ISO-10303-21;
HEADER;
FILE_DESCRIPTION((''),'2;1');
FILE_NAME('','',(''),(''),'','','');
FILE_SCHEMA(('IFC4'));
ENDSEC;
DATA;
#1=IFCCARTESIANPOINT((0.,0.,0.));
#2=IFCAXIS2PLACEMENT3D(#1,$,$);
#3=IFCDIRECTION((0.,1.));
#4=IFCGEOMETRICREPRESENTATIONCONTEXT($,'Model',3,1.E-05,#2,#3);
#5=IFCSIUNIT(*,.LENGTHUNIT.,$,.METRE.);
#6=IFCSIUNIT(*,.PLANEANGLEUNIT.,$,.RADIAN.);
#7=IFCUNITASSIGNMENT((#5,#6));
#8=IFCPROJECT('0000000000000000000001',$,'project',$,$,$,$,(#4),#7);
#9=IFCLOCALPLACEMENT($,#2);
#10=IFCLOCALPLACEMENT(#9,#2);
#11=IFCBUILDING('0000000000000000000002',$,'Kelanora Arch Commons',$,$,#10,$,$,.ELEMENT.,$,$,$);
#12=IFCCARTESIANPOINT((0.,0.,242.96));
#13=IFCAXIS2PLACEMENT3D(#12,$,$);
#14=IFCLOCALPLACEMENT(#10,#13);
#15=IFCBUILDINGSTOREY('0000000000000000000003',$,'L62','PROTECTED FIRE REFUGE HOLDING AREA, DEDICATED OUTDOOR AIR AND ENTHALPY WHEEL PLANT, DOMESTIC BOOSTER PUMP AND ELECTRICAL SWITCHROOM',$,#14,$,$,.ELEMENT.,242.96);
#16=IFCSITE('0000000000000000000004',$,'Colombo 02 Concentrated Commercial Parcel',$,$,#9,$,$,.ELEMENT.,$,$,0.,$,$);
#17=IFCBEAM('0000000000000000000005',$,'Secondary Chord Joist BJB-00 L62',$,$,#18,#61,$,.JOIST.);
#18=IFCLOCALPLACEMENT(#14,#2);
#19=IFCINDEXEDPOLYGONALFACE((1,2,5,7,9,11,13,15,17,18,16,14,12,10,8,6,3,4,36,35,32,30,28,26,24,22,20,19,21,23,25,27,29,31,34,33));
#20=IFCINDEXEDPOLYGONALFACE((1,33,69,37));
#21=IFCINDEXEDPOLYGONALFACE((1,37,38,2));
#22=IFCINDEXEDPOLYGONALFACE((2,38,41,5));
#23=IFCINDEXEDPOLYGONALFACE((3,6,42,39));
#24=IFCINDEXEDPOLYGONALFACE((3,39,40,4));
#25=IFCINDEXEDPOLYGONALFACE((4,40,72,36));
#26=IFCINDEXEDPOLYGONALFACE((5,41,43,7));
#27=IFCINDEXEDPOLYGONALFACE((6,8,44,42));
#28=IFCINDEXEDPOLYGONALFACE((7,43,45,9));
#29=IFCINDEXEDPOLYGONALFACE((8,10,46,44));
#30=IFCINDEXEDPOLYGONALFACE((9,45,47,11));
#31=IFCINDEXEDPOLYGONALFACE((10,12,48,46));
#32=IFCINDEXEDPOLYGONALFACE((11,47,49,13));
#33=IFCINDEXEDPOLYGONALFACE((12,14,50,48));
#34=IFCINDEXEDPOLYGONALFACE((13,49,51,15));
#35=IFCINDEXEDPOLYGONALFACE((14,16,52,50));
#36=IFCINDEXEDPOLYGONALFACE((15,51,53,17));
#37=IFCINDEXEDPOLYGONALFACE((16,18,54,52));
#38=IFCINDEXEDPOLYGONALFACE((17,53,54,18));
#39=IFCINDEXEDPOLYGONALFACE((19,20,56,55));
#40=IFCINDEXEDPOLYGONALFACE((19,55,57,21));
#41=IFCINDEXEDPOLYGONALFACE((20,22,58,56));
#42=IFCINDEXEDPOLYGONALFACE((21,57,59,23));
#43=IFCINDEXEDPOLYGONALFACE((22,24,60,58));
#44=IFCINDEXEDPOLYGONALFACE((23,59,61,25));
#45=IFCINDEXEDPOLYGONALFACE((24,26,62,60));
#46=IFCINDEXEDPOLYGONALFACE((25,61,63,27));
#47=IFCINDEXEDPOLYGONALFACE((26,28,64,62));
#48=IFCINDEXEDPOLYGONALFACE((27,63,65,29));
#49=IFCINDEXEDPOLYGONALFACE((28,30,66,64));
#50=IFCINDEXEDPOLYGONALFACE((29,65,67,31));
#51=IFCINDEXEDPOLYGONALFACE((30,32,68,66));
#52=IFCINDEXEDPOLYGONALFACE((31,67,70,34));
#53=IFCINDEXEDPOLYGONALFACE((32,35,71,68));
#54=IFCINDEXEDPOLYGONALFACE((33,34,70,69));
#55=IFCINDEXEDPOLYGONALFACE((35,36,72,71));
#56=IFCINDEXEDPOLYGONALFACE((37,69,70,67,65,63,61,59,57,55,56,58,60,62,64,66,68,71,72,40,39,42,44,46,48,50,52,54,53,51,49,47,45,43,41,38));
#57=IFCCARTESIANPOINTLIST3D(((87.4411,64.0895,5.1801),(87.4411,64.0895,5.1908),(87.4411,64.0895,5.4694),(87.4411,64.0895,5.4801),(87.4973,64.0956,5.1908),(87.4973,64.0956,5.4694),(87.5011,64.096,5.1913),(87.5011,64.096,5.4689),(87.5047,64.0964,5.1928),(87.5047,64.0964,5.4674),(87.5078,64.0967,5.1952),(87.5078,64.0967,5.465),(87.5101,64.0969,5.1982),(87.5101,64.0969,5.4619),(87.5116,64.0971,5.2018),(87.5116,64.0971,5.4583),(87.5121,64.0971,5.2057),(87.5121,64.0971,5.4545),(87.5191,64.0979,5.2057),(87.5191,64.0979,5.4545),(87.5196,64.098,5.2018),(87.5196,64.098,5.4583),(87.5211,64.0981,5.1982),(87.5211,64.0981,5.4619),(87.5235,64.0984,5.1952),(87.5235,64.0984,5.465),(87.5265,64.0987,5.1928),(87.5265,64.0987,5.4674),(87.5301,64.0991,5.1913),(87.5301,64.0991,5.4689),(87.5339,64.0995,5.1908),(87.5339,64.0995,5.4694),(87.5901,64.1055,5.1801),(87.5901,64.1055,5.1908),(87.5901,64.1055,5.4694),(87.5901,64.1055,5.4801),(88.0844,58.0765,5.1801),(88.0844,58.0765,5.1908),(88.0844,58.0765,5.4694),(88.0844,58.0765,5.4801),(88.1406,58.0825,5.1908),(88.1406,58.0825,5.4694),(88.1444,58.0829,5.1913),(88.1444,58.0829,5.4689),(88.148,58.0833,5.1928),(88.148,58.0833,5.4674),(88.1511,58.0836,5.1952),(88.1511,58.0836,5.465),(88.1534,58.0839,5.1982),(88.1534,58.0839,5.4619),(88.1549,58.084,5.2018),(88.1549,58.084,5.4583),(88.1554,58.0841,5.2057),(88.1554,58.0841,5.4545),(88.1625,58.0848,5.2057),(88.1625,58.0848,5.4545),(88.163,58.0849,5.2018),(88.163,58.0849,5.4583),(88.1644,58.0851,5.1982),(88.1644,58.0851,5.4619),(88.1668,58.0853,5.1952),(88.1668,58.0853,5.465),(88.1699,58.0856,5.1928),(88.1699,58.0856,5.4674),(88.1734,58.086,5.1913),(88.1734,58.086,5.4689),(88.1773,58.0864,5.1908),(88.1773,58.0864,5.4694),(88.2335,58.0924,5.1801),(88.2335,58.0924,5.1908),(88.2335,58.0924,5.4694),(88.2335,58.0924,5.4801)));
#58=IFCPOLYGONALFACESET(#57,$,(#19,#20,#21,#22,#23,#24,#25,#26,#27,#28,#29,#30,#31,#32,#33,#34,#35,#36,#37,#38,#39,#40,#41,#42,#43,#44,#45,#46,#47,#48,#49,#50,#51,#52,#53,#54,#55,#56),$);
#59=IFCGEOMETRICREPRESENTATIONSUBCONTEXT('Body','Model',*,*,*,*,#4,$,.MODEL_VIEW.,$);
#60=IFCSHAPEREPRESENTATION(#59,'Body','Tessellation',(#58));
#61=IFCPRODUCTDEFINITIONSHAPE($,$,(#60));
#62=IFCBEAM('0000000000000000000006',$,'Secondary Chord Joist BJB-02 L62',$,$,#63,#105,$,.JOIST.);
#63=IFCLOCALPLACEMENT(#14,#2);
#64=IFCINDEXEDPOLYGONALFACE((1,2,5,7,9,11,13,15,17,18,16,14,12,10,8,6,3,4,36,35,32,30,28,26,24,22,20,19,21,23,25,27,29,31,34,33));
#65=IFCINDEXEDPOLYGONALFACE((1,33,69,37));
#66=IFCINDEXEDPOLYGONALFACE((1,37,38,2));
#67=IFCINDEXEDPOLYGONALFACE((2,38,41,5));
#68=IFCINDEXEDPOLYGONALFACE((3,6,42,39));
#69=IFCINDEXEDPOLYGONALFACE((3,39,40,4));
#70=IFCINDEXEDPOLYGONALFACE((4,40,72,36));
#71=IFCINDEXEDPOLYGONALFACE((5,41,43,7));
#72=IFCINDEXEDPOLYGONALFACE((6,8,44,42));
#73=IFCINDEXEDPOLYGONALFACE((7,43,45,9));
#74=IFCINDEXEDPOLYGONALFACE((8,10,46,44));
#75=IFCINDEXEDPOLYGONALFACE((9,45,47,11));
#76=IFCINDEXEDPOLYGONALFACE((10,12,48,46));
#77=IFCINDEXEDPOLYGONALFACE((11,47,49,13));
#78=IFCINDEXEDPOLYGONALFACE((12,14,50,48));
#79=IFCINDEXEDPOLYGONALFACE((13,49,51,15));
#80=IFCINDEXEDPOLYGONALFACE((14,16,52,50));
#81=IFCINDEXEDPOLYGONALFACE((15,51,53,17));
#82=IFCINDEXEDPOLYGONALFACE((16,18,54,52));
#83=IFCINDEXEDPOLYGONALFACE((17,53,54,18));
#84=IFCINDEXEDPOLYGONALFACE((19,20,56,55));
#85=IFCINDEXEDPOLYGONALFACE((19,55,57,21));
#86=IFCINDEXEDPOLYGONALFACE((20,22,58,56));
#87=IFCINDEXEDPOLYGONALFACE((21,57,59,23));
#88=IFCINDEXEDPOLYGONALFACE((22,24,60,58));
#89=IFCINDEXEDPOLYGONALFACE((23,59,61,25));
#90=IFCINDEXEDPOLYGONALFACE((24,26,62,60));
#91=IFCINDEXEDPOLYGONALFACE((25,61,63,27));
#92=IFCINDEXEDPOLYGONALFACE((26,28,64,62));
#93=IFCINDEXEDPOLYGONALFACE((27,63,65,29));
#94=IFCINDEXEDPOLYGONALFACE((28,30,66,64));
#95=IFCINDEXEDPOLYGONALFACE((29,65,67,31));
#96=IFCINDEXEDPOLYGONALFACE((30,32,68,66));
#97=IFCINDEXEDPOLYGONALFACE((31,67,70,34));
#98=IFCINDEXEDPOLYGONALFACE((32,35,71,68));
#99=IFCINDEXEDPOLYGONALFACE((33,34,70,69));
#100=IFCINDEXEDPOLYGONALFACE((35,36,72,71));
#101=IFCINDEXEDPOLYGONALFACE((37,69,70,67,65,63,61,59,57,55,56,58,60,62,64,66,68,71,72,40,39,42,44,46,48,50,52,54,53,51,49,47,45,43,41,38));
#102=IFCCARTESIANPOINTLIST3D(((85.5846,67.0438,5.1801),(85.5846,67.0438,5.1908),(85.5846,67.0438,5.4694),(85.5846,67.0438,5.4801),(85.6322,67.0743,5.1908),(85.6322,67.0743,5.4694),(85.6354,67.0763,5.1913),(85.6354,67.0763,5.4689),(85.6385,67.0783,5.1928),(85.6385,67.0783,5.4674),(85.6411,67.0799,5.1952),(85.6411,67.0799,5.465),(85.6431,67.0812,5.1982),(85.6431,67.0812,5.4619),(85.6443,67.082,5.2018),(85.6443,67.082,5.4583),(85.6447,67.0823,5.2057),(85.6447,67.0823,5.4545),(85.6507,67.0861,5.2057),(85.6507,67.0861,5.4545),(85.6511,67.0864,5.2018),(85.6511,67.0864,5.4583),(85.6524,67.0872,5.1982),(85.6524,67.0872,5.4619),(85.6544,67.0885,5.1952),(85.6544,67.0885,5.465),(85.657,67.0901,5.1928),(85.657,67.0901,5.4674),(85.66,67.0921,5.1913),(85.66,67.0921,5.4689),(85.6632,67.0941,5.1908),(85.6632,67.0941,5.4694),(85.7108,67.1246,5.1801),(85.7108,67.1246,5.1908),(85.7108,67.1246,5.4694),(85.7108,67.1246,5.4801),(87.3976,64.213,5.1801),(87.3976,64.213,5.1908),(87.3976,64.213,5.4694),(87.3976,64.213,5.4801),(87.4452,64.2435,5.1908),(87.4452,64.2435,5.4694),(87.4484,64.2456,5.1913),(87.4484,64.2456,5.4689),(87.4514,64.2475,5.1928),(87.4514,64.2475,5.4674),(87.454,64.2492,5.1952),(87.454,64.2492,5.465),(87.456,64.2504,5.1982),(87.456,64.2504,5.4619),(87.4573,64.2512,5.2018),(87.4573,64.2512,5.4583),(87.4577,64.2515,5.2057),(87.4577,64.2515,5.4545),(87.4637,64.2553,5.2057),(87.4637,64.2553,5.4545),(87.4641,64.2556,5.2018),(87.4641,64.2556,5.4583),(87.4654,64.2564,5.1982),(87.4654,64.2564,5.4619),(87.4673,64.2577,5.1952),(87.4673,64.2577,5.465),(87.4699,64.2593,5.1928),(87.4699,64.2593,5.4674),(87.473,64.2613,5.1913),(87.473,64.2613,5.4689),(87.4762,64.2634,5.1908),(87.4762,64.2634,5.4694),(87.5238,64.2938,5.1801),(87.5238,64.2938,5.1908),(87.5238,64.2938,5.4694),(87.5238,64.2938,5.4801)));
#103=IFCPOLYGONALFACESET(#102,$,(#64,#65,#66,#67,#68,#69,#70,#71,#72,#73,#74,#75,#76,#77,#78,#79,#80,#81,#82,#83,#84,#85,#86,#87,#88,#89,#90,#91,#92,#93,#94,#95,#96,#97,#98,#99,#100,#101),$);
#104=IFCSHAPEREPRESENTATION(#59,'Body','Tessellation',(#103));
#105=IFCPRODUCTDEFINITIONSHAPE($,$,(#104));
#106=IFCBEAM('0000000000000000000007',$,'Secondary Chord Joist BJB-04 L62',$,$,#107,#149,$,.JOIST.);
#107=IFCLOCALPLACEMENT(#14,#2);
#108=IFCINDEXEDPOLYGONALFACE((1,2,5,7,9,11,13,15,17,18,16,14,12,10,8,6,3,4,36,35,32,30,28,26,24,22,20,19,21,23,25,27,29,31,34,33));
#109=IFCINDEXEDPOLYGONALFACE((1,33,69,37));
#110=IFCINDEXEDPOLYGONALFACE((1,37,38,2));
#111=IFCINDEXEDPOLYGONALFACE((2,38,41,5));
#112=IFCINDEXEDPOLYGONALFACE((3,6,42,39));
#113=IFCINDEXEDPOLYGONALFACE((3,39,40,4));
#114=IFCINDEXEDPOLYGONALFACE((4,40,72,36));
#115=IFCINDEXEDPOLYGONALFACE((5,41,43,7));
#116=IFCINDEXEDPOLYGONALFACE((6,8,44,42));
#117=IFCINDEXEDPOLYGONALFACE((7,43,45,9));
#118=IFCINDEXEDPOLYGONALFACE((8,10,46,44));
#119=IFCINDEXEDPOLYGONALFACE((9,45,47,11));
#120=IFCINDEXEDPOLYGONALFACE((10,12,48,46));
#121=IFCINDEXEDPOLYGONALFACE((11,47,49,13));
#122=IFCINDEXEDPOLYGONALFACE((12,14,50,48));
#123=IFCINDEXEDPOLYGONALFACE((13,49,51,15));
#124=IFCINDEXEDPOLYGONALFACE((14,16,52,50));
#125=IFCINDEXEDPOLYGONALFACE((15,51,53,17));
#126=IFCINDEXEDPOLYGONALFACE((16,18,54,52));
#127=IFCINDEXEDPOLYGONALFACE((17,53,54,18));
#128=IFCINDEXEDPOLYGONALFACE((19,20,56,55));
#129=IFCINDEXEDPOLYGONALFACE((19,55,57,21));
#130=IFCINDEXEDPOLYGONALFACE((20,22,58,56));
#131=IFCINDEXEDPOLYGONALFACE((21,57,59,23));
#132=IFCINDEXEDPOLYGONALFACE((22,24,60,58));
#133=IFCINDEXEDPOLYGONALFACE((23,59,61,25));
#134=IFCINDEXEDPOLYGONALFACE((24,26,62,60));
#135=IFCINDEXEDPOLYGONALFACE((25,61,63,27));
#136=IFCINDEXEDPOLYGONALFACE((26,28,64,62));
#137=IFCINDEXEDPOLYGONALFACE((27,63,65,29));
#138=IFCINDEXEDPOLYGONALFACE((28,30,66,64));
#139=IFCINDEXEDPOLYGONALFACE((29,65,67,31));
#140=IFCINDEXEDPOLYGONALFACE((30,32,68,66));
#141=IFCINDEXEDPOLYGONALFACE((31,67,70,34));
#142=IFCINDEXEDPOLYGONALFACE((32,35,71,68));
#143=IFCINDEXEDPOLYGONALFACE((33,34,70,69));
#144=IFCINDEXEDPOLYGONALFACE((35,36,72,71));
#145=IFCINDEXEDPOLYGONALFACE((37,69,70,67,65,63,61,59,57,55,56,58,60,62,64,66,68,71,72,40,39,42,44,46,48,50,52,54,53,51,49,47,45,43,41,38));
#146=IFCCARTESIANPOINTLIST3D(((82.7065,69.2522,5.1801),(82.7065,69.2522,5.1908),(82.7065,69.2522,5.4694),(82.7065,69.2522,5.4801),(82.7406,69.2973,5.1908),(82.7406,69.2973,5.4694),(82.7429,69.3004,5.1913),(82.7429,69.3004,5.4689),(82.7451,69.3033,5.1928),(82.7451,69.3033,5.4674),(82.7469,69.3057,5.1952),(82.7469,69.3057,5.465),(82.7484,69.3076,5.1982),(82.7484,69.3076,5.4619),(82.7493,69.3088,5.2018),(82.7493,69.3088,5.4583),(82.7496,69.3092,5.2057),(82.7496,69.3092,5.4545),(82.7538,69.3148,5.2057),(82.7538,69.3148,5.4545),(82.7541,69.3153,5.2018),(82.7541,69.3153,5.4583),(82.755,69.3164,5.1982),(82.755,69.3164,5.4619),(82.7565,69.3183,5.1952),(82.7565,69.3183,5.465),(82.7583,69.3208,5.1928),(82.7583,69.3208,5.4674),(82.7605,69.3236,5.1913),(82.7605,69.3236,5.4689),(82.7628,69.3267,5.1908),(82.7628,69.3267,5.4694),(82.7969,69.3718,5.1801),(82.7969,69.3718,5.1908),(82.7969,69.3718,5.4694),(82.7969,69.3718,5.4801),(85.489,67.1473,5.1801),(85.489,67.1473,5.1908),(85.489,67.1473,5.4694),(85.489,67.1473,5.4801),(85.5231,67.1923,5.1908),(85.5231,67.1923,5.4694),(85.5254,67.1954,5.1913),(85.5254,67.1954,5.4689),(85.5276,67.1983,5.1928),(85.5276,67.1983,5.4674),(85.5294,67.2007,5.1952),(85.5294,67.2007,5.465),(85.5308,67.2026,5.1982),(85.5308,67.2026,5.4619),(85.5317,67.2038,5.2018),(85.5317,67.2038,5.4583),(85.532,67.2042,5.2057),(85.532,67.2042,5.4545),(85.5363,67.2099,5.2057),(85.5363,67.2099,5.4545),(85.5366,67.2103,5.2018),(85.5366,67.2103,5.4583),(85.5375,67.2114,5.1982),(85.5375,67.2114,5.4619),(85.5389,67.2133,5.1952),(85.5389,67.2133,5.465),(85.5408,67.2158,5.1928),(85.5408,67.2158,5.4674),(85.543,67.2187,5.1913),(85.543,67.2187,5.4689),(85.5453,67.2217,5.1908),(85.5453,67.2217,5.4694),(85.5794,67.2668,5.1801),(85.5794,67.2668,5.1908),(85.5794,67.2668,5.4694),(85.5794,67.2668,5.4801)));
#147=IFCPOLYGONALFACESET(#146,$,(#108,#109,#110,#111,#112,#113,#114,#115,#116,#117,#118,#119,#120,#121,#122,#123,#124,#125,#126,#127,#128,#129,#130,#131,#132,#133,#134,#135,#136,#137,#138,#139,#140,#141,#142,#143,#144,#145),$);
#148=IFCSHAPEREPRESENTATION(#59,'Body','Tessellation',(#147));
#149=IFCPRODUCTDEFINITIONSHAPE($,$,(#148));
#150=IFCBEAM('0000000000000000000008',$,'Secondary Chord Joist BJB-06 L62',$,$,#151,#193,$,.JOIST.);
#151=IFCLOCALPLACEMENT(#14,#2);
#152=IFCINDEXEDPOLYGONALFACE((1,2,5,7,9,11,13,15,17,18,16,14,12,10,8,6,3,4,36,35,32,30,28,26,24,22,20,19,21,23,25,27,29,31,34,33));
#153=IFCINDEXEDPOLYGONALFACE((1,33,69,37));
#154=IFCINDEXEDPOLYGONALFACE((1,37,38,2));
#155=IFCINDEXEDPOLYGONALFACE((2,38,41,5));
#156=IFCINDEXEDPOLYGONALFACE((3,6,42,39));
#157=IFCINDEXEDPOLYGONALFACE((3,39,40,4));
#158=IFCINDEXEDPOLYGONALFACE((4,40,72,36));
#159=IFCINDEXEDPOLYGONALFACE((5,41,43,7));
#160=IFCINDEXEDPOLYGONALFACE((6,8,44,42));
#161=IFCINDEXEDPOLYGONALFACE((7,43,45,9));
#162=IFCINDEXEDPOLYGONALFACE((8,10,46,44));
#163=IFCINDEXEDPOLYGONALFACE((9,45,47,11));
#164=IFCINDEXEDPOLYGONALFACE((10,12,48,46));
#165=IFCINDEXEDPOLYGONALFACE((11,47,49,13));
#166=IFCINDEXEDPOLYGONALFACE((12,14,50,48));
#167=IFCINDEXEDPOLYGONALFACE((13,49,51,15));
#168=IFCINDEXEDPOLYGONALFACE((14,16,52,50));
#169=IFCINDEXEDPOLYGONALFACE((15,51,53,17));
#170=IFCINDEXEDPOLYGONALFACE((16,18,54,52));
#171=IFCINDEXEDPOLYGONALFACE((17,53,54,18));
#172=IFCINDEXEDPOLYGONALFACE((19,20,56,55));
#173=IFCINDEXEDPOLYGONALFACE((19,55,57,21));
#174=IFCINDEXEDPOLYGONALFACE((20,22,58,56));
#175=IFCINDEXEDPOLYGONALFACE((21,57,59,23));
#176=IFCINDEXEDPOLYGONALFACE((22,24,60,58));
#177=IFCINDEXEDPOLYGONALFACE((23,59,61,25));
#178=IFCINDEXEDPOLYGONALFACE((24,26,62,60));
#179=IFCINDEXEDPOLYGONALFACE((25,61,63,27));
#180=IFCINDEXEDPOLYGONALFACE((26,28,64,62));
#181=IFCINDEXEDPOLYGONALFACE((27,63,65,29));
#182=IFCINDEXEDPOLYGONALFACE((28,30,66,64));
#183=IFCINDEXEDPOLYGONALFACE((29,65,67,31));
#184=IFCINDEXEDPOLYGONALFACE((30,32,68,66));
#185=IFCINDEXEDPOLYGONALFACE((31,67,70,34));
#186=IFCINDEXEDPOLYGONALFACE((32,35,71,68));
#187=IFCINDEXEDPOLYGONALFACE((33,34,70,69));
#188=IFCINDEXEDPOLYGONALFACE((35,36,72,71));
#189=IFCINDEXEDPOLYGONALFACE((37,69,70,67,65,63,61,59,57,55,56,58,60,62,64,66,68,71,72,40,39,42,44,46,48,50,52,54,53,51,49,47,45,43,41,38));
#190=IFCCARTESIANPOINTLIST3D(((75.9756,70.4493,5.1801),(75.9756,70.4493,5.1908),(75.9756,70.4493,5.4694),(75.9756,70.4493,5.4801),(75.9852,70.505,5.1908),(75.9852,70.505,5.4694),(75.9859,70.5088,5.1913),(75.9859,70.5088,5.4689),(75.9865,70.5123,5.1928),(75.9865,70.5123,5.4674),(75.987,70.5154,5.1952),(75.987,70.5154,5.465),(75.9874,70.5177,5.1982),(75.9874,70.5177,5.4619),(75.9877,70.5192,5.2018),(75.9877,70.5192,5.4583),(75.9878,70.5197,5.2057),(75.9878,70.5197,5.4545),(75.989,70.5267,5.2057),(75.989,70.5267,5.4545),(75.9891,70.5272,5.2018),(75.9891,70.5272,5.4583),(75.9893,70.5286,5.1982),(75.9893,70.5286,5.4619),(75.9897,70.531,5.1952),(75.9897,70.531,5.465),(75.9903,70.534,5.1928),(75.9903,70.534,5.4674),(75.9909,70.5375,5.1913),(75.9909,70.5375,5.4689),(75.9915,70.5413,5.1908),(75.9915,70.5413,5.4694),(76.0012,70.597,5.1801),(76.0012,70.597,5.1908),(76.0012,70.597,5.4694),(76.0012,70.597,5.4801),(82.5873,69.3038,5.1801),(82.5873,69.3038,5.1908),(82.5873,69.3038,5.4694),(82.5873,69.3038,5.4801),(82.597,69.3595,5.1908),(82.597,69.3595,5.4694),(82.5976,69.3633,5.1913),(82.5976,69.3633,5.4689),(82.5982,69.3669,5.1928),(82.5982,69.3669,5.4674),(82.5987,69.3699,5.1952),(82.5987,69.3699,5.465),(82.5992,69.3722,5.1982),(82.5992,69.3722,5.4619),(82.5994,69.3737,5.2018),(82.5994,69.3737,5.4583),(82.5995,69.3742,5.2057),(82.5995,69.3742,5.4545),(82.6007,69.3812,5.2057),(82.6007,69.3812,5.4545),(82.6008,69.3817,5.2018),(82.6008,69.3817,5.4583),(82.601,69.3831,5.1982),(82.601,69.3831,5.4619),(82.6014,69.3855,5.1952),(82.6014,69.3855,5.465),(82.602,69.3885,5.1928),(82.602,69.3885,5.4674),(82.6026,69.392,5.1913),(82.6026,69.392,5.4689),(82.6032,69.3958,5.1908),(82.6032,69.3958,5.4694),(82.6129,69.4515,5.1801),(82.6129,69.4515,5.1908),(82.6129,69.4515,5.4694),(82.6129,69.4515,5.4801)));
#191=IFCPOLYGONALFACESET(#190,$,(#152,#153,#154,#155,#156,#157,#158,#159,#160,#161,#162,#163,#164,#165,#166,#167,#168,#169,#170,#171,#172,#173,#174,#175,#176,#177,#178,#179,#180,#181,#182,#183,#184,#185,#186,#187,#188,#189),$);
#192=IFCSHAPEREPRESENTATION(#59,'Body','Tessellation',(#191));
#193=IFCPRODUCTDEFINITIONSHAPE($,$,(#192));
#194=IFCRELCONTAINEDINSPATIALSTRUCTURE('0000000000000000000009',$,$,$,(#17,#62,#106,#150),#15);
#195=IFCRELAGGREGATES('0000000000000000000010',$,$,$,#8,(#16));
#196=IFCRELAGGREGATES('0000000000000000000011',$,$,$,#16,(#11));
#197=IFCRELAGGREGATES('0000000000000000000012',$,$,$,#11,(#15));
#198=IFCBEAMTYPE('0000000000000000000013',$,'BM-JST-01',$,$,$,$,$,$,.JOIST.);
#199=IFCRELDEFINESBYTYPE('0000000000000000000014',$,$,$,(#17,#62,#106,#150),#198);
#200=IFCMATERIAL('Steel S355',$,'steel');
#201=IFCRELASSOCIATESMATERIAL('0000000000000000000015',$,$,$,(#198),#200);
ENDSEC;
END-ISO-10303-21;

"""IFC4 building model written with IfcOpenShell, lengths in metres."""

from ifc_helpers import new_model, si_unit, direction, frame, origin, origin_2d, place, context, subcontext, project, spatial, i_section, extrude, material, material_profile, profile_set, type_object, element, save


model = new_model("IFC4")

# Units and contexts
model_context = context("Model", 3, precision=1e-05, world=origin(), true_north=direction((0.0, 1.0)))
body_context = subcontext(model_context, "Body", "Model", "MODEL_VIEW")
ifc_project = project(units=[si_unit("LENGTHUNIT", "METRE"), si_unit("PLANEANGLEUNIT", "RADIAN")], contexts=[model_context])

# Site, building, storey
site_placement = place(None, origin())
site = spatial("IfcSite", under=ifc_project, at=site_placement, Name="Colombo 02 Concentrated Commercial Parcel", CompositionType="ELEMENT", RefElevation=0.0)
building_placement = place(site_placement, origin())
building = spatial("IfcBuilding", under=site, at=building_placement, Name="Kelanora Arch Commons", CompositionType="ELEMENT")
storey_placement = place(building_placement, frame((0.0, 0.0, 242.96)))
storey = spatial("IfcBuildingStorey", under=building, at=storey_placement, Name="L62", Description="PROTECTED FIRE REFUGE HOLDING AREA, DEDICATED OUTDOOR AIR AND ENTHALPY WHEEL PLANT, DOMESTIC BOOSTER PUMP AND ELECTRICAL SWITCHROOM", CompositionType="ELEMENT", Elevation=242.96)

# Beams
ifc_material_1 = material(Name="Steel S355", Category="steel")
ifc_material_profile_1 = material_profile(ifc_material_1, i_section(OverallWidth=0.1499, OverallDepth=0.3, WebThickness=0.0071, FlangeThickness=0.0107, FilletRadius=0.0149, at=origin_2d()), Name="IPE300")
ifc_profile_set_1 = profile_set([ifc_material_profile_1], Name="Steel S355")
beam_type_1 = type_object("IfcBeamType", Name="BM-JST-01", PredefinedType="JOIST", material=ifc_profile_set_1)
beam_1_placement = place(storey_placement, frame((88.1589, 58.0845, 5.3301), z_axis=(-0.106381, 0.994325, 0.0), x_axis=(-0.994325, -0.106381, 0.0)))
element("IfcBeam", 1, at=beam_1_placement, inside=storey, type_object=beam_type_1, Name="Secondary Chord Joist BJB-00 L62", PredefinedType="JOIST", context=body_context, shape_type="SweptSolid", body=[
    extrude(i_section(OverallWidth=0.1499, OverallDepth=0.3, WebThickness=0.0071, FlangeThickness=0.0107, FilletRadius=0.0149, at=origin_2d()), origin(), (0.0, 0.0, 1.0), 6.0474),
])
beam_2_placement = place(storey_placement, frame((87.4607, 64.2534, 5.3301), z_axis=(-0.539322, 0.8421, 0.0), x_axis=(-0.8421, -0.539322, 0.0)))
element("IfcBeam", 2, at=beam_2_placement, inside=storey, type_object=beam_type_1, Name="Secondary Chord Joist BJB-02 L62", PredefinedType="JOIST", context=body_context, shape_type="SweptSolid", body=[
    extrude(i_section(OverallWidth=0.1499, OverallDepth=0.3, WebThickness=0.0071, FlangeThickness=0.0107, FilletRadius=0.0149, at=origin_2d()), origin(), (0.0, 0.0, 1.0), 3.3616),
])
beam_3_placement = place(storey_placement, frame((85.5342, 67.207, 5.3301), z_axis=(-0.797499, 0.60332, 0.0), x_axis=(-0.60332, -0.797499, 0.0)))
element("IfcBeam", 3, at=beam_3_placement, inside=storey, type_object=beam_type_1, Name="Secondary Chord Joist BJB-04 L62", PredefinedType="JOIST", context=body_context, shape_type="SweptSolid", body=[
    extrude(i_section(OverallWidth=0.1499, OverallDepth=0.3, WebThickness=0.0071, FlangeThickness=0.0107, FilletRadius=0.0149, at=origin_2d()), origin(), (0.0, 0.0, 1.0), 3.489),
])
beam_4_placement = place(storey_placement, frame((82.6001, 69.3777, 5.3301), z_axis=(-0.985322, 0.170709, 0.0), x_axis=(-0.170709, -0.985322, 0.0)))
element("IfcBeam", 4, at=beam_4_placement, inside=storey, type_object=beam_type_1, Name="Secondary Chord Joist BJB-06 L62", PredefinedType="JOIST", context=body_context, shape_type="SweptSolid", body=[
    extrude(i_section(OverallWidth=0.1499, OverallDepth=0.3, WebThickness=0.0071, FlangeThickness=0.0107, FilletRadius=0.0149, at=origin_2d()), origin(), (0.0, 0.0, 1.0), 6.7102),
])

save(model, "model.ifc")
